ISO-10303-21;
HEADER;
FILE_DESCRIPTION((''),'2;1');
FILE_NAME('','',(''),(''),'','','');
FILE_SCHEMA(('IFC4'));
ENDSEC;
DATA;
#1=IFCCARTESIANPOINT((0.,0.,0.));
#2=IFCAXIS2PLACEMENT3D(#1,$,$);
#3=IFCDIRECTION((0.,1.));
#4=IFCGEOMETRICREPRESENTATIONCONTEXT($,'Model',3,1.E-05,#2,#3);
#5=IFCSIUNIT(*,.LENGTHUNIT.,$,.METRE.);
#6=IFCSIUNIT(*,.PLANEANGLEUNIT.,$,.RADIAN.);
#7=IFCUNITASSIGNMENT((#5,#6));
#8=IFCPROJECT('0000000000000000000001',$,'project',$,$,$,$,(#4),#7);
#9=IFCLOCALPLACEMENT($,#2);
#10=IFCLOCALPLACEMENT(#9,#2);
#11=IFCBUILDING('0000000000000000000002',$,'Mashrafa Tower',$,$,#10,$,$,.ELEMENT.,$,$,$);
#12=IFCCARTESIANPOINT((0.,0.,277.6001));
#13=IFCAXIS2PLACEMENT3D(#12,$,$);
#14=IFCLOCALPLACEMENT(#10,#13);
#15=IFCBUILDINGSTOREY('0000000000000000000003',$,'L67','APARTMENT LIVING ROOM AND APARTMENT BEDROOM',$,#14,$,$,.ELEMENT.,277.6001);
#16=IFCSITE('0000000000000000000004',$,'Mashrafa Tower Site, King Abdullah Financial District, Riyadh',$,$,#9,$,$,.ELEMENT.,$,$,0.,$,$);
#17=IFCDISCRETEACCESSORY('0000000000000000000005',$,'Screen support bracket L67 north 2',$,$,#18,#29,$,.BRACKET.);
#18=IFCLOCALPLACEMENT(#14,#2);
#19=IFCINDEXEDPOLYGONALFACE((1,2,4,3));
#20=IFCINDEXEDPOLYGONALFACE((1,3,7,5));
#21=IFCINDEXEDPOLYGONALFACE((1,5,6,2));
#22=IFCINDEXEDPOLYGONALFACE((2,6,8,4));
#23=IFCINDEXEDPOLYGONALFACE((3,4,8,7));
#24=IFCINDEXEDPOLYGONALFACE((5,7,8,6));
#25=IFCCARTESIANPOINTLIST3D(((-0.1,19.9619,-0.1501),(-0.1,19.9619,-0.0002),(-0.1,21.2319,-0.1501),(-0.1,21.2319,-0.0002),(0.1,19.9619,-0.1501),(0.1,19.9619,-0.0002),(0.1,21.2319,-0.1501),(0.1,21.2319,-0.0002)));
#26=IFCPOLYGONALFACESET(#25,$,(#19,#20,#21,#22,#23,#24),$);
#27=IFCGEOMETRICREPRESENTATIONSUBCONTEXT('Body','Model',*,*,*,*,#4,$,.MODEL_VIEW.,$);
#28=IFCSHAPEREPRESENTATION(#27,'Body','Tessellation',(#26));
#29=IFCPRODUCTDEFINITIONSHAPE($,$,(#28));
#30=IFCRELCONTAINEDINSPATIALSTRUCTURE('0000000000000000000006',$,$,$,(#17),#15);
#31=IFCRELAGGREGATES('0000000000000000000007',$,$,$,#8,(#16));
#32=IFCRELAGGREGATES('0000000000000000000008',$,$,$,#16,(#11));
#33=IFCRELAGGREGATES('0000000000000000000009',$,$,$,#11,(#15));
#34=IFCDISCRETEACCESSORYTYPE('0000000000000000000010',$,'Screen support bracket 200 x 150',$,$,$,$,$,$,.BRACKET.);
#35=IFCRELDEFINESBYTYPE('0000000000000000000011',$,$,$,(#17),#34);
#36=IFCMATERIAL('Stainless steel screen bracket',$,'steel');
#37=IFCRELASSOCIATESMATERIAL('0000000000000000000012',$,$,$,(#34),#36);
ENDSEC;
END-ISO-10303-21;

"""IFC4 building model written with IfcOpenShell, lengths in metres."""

from ifc_helpers import new_model, si_unit, direction, frame, origin, origin_2d, place, context, subcontext, project, spatial, rectangle, extrude, source, transform, mapped, material, type_object, type_shapes, element, save


model = new_model("IFC4")

# Units and contexts
model_context = context("Model", 3, precision=1e-05, world=origin(), true_north=direction((0.0, 1.0)))
body_context = subcontext(model_context, "Body", "Model", "MODEL_VIEW")
ifc_project = project(units=[si_unit("LENGTHUNIT", "METRE"), si_unit("PLANEANGLEUNIT", "RADIAN")], contexts=[model_context])

# Site, building, storey
site_placement = place(None, origin())
site = spatial("IfcSite", under=ifc_project, at=site_placement, Name="Mashrafa Tower Site, King Abdullah Financial District, Riyadh", CompositionType="ELEMENT", RefElevation=0.0)
building_placement = place(site_placement, origin())
building = spatial("IfcBuilding", under=site, at=building_placement, Name="Mashrafa Tower", CompositionType="ELEMENT")
storey_placement = place(building_placement, frame((0.0, 0.0, 277.6001)))
storey = spatial("IfcBuildingStorey", under=building, at=storey_placement, Name="L67", Description="APARTMENT LIVING ROOM AND APARTMENT BEDROOM", CompositionType="ELEMENT", Elevation=277.6001)

# Discrete accessory
ifc_material_1 = material(Name="Stainless steel screen bracket", Category="steel")
discrete_accessory_type = type_object("IfcDiscreteAccessoryType", Name="Screen support bracket 200 x 150", PredefinedType="BRACKET", material=ifc_material_1)
shared_shape_1 = source(origin(), body_context, "Body", "SweptSolid", [
    extrude(rectangle(XDim=0.2, YDim=1.27, at=origin_2d()), origin(), (0.0, 0.0, 1.0), 0.1499),
])
type_shapes(discrete_accessory_type, [shared_shape_1])
for number, where, z_axis, x_axis, name in (
    (1, (0.0, 20.5969, -0.1501), (0.0, 0.0, 1.0), (-1.0, 0.0, 0.0), "Screen support bracket L67 north 2"),
):
    element("IfcDiscreteAccessory", number, at=place(storey_placement, frame(where, z_axis=z_axis, x_axis=x_axis)), inside=storey, type_object=discrete_accessory_type, Name=name, PredefinedType="BRACKET", context=body_context, shape_type="MappedRepresentation", body=[
        mapped(shared_shape_1, transform((0.0, 0.0, 0.0))),
    ])

save(model, "model.ifc")
